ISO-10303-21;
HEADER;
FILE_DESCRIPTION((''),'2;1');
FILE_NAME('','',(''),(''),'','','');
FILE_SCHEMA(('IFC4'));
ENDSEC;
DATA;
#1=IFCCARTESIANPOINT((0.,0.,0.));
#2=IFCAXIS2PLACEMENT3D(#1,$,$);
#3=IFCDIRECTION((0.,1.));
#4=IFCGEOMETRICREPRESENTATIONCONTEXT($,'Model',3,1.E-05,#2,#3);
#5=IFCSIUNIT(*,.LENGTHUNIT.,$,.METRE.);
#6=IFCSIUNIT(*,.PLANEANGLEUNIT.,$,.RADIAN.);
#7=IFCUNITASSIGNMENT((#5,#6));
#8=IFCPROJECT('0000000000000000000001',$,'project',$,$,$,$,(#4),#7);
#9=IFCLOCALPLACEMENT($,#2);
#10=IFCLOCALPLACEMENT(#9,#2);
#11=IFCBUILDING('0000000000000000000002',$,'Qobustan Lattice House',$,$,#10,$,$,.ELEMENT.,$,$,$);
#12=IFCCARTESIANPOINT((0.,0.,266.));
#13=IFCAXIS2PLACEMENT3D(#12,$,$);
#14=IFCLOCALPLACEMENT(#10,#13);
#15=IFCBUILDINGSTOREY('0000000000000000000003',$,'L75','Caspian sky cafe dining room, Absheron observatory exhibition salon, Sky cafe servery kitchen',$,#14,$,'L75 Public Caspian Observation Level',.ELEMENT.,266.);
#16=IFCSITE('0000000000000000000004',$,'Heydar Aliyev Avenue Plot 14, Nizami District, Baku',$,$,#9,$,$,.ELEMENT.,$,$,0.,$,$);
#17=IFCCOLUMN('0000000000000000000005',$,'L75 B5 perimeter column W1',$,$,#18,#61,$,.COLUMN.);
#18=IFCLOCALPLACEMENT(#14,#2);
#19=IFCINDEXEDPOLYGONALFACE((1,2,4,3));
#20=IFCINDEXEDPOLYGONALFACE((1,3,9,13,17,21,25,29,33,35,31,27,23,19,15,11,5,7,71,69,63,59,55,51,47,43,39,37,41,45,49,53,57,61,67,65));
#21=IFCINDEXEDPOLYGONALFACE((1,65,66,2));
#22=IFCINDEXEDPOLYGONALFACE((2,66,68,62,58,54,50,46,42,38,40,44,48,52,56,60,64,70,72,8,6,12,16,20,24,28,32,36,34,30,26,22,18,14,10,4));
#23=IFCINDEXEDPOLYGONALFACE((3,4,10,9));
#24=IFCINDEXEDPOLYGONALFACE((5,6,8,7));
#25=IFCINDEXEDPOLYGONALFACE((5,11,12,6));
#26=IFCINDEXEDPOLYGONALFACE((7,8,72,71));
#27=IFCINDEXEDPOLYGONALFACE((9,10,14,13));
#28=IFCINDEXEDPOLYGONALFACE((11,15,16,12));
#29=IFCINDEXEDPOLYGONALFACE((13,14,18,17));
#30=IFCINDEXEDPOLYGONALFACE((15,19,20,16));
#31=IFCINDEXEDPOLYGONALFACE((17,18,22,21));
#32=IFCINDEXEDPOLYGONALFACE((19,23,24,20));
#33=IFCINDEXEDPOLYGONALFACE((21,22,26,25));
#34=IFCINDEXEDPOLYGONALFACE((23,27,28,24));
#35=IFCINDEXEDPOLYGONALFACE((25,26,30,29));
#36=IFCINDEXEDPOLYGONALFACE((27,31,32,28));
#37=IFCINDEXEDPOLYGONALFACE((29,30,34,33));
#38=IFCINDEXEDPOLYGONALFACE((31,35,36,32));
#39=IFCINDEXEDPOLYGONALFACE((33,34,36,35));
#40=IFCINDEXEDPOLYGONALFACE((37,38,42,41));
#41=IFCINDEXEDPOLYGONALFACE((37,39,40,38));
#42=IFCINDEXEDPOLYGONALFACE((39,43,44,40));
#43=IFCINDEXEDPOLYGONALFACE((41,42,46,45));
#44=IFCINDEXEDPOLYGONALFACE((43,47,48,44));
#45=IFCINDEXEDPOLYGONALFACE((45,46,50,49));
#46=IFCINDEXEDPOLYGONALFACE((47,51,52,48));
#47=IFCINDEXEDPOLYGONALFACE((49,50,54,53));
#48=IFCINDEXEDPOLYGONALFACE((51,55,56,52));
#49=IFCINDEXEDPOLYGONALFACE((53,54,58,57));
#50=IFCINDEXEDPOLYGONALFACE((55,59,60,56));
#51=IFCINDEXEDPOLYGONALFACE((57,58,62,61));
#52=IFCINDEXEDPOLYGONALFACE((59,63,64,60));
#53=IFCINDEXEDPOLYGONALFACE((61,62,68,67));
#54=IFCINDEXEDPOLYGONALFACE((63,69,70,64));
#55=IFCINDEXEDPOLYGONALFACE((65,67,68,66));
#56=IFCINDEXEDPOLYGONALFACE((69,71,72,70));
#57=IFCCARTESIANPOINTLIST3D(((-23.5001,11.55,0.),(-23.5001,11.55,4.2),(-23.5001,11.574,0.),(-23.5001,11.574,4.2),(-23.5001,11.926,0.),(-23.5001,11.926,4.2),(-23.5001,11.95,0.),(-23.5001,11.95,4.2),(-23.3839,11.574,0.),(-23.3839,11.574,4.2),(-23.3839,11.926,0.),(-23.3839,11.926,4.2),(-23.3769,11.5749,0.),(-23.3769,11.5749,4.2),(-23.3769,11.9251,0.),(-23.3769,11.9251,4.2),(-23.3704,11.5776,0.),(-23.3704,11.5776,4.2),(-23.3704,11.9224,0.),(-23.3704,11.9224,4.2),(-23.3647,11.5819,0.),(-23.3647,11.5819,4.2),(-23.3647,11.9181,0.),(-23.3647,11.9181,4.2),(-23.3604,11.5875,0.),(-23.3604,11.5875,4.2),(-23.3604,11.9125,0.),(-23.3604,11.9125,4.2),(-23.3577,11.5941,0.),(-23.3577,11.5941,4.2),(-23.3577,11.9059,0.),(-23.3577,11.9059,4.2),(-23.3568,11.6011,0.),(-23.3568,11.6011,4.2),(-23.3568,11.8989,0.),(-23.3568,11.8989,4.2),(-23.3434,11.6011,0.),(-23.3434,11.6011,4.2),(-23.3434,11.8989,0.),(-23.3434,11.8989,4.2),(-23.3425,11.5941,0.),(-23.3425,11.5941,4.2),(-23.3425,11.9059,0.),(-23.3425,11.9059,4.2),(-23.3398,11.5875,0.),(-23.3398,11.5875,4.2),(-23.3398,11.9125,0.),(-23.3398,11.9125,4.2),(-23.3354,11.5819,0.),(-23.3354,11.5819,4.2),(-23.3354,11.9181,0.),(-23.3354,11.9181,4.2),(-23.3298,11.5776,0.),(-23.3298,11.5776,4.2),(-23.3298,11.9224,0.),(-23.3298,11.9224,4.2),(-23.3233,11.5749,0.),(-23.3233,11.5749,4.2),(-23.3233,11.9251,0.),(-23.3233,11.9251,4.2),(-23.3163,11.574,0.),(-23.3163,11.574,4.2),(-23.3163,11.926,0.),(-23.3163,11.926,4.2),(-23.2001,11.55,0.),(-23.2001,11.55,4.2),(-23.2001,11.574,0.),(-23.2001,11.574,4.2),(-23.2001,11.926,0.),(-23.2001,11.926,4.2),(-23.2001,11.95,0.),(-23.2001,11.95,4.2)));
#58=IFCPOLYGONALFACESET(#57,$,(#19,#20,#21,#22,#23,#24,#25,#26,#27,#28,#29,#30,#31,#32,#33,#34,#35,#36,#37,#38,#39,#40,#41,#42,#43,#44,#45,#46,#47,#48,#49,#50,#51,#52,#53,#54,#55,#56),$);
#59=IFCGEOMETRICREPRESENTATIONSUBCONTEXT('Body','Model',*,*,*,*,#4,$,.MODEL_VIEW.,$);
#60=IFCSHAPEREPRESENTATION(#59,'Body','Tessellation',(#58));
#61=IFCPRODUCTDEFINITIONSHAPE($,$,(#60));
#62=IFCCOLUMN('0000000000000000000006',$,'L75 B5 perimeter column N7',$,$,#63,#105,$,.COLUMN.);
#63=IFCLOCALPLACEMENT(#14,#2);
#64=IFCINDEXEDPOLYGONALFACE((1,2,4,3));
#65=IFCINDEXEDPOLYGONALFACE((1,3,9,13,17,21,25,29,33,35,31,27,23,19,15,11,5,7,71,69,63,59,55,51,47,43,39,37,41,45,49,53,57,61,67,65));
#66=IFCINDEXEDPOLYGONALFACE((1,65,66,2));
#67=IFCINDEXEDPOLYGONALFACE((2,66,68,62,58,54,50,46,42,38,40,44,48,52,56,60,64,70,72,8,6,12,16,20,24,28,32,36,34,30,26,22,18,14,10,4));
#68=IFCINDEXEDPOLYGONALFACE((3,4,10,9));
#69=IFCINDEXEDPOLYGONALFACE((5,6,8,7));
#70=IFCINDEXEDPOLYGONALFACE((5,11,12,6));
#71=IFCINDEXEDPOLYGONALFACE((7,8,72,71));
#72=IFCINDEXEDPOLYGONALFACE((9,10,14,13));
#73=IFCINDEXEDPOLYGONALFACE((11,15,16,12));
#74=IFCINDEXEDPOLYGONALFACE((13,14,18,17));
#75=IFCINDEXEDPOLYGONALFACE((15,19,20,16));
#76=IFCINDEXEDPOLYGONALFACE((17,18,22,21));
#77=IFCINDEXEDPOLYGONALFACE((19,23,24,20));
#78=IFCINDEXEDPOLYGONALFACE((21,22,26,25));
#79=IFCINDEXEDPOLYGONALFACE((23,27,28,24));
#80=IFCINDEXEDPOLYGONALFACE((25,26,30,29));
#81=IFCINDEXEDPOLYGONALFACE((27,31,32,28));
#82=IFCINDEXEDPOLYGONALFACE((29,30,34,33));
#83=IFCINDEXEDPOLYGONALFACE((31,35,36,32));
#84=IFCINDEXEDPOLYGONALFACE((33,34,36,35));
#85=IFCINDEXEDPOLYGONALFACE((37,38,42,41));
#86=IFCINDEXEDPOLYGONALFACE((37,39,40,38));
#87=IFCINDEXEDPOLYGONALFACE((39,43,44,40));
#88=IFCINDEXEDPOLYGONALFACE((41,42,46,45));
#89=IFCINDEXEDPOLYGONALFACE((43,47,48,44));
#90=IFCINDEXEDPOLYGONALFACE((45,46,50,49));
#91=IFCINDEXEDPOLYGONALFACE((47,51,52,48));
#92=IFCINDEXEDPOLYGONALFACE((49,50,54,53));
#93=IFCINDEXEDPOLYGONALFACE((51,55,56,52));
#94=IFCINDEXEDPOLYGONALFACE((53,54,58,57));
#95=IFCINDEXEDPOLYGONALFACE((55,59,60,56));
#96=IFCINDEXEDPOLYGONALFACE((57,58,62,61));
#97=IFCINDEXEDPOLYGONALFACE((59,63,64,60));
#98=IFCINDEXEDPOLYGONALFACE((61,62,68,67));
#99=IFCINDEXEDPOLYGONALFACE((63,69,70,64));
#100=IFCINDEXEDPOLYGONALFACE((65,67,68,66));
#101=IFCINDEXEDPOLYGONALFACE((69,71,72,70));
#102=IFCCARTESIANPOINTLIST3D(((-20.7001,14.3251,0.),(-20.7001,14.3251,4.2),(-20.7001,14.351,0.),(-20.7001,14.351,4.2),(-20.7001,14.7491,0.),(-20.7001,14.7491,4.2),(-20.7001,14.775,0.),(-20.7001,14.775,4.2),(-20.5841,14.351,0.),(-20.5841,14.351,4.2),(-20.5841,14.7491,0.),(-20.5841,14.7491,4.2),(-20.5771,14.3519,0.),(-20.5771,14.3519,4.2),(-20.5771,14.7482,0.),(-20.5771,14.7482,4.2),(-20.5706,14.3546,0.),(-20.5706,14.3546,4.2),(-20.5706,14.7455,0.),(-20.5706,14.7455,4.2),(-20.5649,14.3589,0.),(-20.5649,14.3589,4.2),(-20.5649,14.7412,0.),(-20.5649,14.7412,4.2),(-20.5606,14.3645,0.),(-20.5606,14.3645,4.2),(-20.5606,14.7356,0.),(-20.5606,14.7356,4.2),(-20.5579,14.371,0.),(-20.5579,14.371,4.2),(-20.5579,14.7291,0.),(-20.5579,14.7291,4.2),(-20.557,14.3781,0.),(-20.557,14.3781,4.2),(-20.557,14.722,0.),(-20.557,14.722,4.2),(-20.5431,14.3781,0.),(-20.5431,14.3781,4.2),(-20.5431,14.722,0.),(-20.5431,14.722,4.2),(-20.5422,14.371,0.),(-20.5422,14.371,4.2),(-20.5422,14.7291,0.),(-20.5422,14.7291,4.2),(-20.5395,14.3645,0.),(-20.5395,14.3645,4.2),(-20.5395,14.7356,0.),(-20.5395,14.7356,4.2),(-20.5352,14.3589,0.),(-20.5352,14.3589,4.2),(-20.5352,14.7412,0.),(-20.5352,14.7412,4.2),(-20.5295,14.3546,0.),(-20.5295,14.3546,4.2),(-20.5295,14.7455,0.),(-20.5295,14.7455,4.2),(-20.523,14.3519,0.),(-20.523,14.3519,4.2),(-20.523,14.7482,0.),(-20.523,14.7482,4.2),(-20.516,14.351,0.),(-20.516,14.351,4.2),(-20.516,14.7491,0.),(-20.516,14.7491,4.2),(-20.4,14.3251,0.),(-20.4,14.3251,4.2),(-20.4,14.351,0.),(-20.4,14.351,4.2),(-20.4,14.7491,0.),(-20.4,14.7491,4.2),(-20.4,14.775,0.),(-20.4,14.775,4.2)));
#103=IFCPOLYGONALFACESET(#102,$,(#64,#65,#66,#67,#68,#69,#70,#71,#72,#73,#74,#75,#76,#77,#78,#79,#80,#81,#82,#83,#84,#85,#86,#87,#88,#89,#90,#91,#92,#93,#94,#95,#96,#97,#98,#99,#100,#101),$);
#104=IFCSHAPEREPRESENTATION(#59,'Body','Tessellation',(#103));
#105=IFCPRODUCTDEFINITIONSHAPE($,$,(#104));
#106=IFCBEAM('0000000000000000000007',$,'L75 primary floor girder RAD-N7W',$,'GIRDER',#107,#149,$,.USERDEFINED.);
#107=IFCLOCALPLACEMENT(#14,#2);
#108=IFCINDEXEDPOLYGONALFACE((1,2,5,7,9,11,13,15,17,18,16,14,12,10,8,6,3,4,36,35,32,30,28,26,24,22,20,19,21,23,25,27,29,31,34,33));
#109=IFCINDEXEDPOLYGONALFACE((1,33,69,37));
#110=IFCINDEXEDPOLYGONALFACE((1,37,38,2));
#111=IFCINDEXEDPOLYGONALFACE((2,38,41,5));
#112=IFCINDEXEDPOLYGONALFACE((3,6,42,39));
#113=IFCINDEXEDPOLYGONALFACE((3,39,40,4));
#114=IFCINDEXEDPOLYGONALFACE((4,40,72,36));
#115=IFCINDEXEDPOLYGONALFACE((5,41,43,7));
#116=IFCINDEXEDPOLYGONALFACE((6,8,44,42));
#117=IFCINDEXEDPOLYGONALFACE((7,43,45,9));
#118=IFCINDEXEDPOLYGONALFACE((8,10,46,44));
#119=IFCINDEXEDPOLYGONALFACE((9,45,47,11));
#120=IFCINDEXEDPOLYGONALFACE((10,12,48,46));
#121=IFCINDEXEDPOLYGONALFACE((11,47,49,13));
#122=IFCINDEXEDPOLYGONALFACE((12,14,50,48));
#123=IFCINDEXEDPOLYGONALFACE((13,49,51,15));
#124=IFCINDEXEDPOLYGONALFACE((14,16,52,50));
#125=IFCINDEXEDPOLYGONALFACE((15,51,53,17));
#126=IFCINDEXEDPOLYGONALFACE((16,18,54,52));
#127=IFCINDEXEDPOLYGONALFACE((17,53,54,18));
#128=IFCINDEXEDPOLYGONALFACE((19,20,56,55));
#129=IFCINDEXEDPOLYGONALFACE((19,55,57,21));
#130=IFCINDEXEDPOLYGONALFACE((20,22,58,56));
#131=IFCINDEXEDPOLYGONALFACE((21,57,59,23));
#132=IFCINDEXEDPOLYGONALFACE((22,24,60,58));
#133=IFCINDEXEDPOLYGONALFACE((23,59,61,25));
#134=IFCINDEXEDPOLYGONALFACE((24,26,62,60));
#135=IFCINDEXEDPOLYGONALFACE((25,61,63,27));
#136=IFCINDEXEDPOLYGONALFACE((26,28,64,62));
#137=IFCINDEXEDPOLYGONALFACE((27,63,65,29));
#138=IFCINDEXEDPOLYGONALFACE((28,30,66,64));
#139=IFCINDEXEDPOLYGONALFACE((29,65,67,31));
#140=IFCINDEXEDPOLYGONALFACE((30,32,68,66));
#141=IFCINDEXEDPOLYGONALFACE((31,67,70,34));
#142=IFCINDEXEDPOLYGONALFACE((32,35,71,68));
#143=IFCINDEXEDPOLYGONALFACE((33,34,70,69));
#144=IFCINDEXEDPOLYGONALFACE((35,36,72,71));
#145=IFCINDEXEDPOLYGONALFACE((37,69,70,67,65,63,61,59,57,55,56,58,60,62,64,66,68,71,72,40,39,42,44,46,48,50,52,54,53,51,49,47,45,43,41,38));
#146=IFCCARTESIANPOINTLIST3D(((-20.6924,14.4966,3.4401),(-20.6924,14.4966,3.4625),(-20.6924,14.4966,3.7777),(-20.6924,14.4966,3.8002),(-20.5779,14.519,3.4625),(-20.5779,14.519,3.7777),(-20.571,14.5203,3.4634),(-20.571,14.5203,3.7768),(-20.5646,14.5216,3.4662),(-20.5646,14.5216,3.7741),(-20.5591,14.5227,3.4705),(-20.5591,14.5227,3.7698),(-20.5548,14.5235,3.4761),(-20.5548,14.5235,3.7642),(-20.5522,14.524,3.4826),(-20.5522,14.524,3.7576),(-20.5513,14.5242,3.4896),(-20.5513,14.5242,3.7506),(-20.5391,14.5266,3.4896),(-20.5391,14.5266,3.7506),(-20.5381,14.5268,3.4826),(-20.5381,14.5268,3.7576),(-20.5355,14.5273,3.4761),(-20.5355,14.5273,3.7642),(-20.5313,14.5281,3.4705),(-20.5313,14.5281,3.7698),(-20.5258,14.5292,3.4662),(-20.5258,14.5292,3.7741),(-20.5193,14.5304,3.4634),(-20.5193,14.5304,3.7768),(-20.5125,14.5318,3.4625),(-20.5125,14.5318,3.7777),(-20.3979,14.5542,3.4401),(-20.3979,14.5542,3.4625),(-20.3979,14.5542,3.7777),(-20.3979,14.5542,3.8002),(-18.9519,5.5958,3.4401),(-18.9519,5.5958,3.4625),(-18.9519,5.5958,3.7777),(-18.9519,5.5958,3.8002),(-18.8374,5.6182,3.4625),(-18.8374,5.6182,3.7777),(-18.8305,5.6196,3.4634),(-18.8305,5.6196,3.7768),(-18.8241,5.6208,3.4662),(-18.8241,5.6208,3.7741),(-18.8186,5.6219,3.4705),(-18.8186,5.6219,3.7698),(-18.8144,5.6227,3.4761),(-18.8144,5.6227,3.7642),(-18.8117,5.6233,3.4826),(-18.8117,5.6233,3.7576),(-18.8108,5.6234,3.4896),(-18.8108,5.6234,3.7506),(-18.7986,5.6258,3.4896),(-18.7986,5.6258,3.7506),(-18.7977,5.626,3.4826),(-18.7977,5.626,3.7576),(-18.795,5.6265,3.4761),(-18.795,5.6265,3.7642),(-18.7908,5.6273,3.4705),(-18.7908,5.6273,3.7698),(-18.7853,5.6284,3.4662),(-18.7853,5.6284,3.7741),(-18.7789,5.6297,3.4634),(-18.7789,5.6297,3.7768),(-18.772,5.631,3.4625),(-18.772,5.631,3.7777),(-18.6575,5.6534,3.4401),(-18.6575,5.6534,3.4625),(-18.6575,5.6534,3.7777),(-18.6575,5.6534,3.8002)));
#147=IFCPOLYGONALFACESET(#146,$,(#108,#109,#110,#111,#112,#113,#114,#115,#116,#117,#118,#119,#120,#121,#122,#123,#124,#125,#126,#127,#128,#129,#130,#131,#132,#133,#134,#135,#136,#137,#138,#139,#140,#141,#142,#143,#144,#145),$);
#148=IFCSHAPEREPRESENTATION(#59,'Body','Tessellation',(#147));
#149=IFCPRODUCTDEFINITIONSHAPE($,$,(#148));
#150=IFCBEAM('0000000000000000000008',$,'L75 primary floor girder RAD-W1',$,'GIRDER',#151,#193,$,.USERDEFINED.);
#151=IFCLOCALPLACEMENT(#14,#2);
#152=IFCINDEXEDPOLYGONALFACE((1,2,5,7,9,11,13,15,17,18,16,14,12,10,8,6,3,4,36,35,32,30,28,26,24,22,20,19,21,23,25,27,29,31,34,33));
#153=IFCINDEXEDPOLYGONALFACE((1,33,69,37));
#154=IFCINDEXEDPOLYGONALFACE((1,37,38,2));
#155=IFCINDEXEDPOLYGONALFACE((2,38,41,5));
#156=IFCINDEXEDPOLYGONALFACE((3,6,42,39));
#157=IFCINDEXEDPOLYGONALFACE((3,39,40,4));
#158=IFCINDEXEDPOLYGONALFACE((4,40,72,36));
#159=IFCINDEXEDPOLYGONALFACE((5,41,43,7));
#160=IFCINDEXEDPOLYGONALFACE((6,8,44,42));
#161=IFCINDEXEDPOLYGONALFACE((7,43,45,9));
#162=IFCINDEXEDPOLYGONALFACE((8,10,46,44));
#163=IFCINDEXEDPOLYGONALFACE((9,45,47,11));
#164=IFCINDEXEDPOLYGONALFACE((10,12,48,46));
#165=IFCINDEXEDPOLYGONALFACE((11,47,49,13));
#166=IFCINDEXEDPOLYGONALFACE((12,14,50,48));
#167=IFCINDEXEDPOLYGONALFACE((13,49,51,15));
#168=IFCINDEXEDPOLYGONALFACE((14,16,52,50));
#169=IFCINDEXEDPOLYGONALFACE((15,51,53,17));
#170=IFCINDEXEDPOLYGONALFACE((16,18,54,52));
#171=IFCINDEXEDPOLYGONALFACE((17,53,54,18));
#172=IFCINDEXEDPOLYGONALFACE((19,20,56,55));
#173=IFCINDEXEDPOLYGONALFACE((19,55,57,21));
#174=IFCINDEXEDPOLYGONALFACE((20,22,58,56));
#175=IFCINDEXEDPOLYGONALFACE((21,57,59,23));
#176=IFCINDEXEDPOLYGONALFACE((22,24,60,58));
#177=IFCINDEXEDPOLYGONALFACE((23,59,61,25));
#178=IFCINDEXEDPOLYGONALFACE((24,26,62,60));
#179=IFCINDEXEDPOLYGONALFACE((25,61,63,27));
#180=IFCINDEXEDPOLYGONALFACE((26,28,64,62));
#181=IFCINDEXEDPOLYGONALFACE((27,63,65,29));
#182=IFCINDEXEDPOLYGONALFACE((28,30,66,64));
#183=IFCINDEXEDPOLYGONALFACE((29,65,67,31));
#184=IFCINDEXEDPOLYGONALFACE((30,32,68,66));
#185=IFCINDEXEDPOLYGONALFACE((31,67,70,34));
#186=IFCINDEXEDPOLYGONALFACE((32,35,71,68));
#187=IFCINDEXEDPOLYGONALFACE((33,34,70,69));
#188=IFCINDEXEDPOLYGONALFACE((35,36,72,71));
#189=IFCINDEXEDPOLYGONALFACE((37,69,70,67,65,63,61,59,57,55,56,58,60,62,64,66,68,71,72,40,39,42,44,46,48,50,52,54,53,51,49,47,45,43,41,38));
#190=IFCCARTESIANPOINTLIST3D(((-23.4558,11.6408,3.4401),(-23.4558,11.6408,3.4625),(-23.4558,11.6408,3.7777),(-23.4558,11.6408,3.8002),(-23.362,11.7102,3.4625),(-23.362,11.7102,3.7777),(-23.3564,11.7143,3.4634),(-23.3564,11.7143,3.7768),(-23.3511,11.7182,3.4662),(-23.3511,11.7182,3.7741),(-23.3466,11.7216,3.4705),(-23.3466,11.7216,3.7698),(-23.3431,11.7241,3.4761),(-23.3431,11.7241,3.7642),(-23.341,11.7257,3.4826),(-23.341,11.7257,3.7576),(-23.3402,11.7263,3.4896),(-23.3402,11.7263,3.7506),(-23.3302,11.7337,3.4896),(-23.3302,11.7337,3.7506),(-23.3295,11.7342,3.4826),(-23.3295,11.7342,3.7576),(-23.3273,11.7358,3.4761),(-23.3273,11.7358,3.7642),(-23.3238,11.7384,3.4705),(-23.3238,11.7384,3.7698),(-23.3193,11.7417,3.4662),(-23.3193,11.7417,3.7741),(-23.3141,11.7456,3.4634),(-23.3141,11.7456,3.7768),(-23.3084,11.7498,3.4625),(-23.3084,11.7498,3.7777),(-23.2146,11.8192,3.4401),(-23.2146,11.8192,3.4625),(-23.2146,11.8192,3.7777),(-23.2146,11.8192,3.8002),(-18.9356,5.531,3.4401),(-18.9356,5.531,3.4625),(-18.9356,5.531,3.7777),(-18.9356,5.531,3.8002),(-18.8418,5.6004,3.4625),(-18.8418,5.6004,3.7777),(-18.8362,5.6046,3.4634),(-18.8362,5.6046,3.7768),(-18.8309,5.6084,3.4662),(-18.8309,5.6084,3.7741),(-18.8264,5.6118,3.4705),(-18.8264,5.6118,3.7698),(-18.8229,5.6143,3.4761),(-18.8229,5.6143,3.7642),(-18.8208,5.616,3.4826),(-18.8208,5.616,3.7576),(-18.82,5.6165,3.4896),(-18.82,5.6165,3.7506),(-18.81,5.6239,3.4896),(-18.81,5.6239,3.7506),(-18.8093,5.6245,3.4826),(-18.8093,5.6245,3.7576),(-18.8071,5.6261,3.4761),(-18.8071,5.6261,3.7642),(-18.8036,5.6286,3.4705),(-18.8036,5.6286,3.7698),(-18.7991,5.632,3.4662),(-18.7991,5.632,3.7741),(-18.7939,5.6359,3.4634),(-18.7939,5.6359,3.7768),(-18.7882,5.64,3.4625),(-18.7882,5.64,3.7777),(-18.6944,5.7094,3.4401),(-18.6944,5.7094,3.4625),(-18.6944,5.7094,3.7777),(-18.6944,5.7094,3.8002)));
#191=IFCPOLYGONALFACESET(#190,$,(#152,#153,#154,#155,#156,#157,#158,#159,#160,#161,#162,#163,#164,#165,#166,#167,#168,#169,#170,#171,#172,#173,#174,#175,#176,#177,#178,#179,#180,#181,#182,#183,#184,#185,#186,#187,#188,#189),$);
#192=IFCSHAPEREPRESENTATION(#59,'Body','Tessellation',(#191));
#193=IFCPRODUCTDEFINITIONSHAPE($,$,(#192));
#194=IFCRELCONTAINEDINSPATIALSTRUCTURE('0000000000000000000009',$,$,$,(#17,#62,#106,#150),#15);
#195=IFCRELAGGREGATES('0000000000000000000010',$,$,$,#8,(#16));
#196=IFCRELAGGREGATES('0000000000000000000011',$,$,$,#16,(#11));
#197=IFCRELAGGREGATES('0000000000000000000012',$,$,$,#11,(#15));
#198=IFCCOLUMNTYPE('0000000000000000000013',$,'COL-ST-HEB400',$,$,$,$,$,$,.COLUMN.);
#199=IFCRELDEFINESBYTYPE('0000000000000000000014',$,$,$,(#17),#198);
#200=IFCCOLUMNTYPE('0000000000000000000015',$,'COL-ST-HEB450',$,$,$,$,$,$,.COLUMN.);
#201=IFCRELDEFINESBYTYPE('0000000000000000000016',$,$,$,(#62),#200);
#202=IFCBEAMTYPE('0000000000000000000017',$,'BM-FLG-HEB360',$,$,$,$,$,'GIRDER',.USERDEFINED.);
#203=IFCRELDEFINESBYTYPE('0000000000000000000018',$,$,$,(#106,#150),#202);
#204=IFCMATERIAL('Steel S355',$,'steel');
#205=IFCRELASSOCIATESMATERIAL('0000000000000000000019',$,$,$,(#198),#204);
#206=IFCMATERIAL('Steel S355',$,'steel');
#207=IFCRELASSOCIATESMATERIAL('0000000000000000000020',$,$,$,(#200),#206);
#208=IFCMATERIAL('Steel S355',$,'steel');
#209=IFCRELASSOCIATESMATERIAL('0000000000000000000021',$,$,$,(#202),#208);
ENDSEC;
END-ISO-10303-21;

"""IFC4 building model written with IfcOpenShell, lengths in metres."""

from ifc_helpers import new_model, si_unit, direction, frame, origin, origin_2d, place, context, subcontext, project, spatial, i_section, extrude, material, material_profile, profile_set, type_object, element, save


model = new_model("IFC4")

# Units and contexts
model_context = context("Model", 3, precision=1e-05, world=origin(), true_north=direction((0.0, 1.0)))
body_context = subcontext(model_context, "Body", "Model", "MODEL_VIEW")
ifc_project = project(units=[si_unit("LENGTHUNIT", "METRE"), si_unit("PLANEANGLEUNIT", "RADIAN")], contexts=[model_context])

# Site, building, storey
site_placement = place(None, origin())
site = spatial("IfcSite", under=ifc_project, at=site_placement, Name="Heydar Aliyev Avenue Plot 14, Nizami District, Baku", CompositionType="ELEMENT", RefElevation=0.0)
building_placement = place(site_placement, origin())
building = spatial("IfcBuilding", under=site, at=building_placement, Name="Qobustan Lattice House", CompositionType="ELEMENT")
storey_placement = place(building_placement, frame((0.0, 0.0, 266.0)))
storey = spatial("IfcBuildingStorey", under=building, at=storey_placement, Name="L75", Description="Caspian sky cafe dining room, Absheron observatory exhibition salon, Sky cafe servery kitchen", LongName="L75 Public Caspian Observation Level", CompositionType="ELEMENT", Elevation=266.0)

# Columns
ifc_material_1 = material(Name="Steel S355", Category="steel")
ifc_material_profile_1 = material_profile(ifc_material_1, i_section(OverallWidth=0.3, OverallDepth=0.3999, WebThickness=0.0134, FlangeThickness=0.0239, FilletRadius=0.0271, at=origin_2d()), Name="HEB400")
ifc_profile_set_1 = profile_set([ifc_material_profile_1], Name="Steel S355")
column_type_1 = type_object("IfcColumnType", Name="COL-ST-HEB400", PredefinedType="COLUMN", material=ifc_profile_set_1)
column_1_placement = place(storey_placement, frame((-23.3501, 11.75, 0.0), z_axis=(0.0, 0.0, 1.0), x_axis=(1.0, 0.0, 0.0)))
element("IfcColumn", 1, at=column_1_placement, inside=storey, type_object=column_type_1, Name="L75 B5 perimeter column W1", PredefinedType="COLUMN", context=body_context, shape_type="SweptSolid", body=[
    extrude(i_section(OverallWidth=0.3, OverallDepth=0.3999, WebThickness=0.0134, FlangeThickness=0.0239, FilletRadius=0.0271, at=origin_2d()), origin(), (0.0, 0.0, 1.0), 4.2),
])
ifc_material_2 = material(Name="Steel S355", Category="steel")
ifc_material_profile_2 = material_profile(ifc_material_2, i_section(OverallWidth=0.3, OverallDepth=0.45, WebThickness=0.0139, FlangeThickness=0.0259, FilletRadius=0.0271, at=origin_2d()), Name="HEB450")
ifc_profile_set_2 = profile_set([ifc_material_profile_2], Name="Steel S355")
column_type_2 = type_object("IfcColumnType", Name="COL-ST-HEB450", PredefinedType="COLUMN", material=ifc_profile_set_2)
column_2_placement = place(storey_placement, frame((-20.55, 14.55, 0.0), z_axis=(0.0, 0.0, 1.0), x_axis=(1.0, 0.0, 0.0)))
element("IfcColumn", 2, at=column_2_placement, inside=storey, type_object=column_type_2, Name="L75 B5 perimeter column N7", PredefinedType="COLUMN", context=body_context, shape_type="SweptSolid", body=[
    extrude(i_section(OverallWidth=0.3, OverallDepth=0.45, WebThickness=0.0139, FlangeThickness=0.0259, FilletRadius=0.0271, at=origin_2d()), origin(), (0.0, 0.0, 1.0), 4.2),
])

# Beams
ifc_material_3 = material(Name="Steel S355", Category="steel")
ifc_material_profile_3 = material_profile(ifc_material_3, i_section(OverallWidth=0.3, OverallDepth=0.3601, WebThickness=0.0125, FlangeThickness=0.0225, FilletRadius=0.0271, at=origin_2d()), Name="HEB360")
ifc_profile_set_3 = profile_set([ifc_material_profile_3], Name="Steel S355")
beam_type_1 = type_object("IfcBeamType", Name="BM-FLG-HEB360", ElementType="GIRDER", PredefinedType="USERDEFINED", material=ifc_profile_set_3)
beam_1_placement = place(storey_placement, frame((-20.5452, 14.5254, 3.6201), z_axis=(0.191906, -0.981413, 0.0), x_axis=(0.981413, 0.191906, 0.0)))
element("IfcBeam", 3, at=beam_1_placement, inside=storey, type_object=beam_type_1, Name="L75 primary floor girder RAD-N7W", ObjectType="GIRDER", PredefinedType="USERDEFINED", context=body_context, shape_type="SweptSolid", body=[
    extrude(i_section(OverallWidth=0.3, OverallDepth=0.3601, WebThickness=0.0125, FlangeThickness=0.0225, FilletRadius=0.0271, at=origin_2d()), origin(), (0.0, 0.0, 1.0), 9.0693),
])
beam_2_placement = place(storey_placement, frame((-23.3352, 11.73, 3.6201), z_axis=(0.594755, -0.803907, 0.0), x_axis=(0.803907, 0.594755, 0.0)))
element("IfcBeam", 4, at=beam_2_placement, inside=storey, type_object=beam_type_1, Name="L75 primary floor girder RAD-W1", ObjectType="GIRDER", PredefinedType="USERDEFINED", context=body_context, shape_type="SweptSolid", body=[
    extrude(i_section(OverallWidth=0.3, OverallDepth=0.3601, WebThickness=0.0125, FlangeThickness=0.0225, FilletRadius=0.0271, at=origin_2d()), origin(), (0.0, 0.0, 1.0), 7.6001),
])

save(model, "model.ifc")
